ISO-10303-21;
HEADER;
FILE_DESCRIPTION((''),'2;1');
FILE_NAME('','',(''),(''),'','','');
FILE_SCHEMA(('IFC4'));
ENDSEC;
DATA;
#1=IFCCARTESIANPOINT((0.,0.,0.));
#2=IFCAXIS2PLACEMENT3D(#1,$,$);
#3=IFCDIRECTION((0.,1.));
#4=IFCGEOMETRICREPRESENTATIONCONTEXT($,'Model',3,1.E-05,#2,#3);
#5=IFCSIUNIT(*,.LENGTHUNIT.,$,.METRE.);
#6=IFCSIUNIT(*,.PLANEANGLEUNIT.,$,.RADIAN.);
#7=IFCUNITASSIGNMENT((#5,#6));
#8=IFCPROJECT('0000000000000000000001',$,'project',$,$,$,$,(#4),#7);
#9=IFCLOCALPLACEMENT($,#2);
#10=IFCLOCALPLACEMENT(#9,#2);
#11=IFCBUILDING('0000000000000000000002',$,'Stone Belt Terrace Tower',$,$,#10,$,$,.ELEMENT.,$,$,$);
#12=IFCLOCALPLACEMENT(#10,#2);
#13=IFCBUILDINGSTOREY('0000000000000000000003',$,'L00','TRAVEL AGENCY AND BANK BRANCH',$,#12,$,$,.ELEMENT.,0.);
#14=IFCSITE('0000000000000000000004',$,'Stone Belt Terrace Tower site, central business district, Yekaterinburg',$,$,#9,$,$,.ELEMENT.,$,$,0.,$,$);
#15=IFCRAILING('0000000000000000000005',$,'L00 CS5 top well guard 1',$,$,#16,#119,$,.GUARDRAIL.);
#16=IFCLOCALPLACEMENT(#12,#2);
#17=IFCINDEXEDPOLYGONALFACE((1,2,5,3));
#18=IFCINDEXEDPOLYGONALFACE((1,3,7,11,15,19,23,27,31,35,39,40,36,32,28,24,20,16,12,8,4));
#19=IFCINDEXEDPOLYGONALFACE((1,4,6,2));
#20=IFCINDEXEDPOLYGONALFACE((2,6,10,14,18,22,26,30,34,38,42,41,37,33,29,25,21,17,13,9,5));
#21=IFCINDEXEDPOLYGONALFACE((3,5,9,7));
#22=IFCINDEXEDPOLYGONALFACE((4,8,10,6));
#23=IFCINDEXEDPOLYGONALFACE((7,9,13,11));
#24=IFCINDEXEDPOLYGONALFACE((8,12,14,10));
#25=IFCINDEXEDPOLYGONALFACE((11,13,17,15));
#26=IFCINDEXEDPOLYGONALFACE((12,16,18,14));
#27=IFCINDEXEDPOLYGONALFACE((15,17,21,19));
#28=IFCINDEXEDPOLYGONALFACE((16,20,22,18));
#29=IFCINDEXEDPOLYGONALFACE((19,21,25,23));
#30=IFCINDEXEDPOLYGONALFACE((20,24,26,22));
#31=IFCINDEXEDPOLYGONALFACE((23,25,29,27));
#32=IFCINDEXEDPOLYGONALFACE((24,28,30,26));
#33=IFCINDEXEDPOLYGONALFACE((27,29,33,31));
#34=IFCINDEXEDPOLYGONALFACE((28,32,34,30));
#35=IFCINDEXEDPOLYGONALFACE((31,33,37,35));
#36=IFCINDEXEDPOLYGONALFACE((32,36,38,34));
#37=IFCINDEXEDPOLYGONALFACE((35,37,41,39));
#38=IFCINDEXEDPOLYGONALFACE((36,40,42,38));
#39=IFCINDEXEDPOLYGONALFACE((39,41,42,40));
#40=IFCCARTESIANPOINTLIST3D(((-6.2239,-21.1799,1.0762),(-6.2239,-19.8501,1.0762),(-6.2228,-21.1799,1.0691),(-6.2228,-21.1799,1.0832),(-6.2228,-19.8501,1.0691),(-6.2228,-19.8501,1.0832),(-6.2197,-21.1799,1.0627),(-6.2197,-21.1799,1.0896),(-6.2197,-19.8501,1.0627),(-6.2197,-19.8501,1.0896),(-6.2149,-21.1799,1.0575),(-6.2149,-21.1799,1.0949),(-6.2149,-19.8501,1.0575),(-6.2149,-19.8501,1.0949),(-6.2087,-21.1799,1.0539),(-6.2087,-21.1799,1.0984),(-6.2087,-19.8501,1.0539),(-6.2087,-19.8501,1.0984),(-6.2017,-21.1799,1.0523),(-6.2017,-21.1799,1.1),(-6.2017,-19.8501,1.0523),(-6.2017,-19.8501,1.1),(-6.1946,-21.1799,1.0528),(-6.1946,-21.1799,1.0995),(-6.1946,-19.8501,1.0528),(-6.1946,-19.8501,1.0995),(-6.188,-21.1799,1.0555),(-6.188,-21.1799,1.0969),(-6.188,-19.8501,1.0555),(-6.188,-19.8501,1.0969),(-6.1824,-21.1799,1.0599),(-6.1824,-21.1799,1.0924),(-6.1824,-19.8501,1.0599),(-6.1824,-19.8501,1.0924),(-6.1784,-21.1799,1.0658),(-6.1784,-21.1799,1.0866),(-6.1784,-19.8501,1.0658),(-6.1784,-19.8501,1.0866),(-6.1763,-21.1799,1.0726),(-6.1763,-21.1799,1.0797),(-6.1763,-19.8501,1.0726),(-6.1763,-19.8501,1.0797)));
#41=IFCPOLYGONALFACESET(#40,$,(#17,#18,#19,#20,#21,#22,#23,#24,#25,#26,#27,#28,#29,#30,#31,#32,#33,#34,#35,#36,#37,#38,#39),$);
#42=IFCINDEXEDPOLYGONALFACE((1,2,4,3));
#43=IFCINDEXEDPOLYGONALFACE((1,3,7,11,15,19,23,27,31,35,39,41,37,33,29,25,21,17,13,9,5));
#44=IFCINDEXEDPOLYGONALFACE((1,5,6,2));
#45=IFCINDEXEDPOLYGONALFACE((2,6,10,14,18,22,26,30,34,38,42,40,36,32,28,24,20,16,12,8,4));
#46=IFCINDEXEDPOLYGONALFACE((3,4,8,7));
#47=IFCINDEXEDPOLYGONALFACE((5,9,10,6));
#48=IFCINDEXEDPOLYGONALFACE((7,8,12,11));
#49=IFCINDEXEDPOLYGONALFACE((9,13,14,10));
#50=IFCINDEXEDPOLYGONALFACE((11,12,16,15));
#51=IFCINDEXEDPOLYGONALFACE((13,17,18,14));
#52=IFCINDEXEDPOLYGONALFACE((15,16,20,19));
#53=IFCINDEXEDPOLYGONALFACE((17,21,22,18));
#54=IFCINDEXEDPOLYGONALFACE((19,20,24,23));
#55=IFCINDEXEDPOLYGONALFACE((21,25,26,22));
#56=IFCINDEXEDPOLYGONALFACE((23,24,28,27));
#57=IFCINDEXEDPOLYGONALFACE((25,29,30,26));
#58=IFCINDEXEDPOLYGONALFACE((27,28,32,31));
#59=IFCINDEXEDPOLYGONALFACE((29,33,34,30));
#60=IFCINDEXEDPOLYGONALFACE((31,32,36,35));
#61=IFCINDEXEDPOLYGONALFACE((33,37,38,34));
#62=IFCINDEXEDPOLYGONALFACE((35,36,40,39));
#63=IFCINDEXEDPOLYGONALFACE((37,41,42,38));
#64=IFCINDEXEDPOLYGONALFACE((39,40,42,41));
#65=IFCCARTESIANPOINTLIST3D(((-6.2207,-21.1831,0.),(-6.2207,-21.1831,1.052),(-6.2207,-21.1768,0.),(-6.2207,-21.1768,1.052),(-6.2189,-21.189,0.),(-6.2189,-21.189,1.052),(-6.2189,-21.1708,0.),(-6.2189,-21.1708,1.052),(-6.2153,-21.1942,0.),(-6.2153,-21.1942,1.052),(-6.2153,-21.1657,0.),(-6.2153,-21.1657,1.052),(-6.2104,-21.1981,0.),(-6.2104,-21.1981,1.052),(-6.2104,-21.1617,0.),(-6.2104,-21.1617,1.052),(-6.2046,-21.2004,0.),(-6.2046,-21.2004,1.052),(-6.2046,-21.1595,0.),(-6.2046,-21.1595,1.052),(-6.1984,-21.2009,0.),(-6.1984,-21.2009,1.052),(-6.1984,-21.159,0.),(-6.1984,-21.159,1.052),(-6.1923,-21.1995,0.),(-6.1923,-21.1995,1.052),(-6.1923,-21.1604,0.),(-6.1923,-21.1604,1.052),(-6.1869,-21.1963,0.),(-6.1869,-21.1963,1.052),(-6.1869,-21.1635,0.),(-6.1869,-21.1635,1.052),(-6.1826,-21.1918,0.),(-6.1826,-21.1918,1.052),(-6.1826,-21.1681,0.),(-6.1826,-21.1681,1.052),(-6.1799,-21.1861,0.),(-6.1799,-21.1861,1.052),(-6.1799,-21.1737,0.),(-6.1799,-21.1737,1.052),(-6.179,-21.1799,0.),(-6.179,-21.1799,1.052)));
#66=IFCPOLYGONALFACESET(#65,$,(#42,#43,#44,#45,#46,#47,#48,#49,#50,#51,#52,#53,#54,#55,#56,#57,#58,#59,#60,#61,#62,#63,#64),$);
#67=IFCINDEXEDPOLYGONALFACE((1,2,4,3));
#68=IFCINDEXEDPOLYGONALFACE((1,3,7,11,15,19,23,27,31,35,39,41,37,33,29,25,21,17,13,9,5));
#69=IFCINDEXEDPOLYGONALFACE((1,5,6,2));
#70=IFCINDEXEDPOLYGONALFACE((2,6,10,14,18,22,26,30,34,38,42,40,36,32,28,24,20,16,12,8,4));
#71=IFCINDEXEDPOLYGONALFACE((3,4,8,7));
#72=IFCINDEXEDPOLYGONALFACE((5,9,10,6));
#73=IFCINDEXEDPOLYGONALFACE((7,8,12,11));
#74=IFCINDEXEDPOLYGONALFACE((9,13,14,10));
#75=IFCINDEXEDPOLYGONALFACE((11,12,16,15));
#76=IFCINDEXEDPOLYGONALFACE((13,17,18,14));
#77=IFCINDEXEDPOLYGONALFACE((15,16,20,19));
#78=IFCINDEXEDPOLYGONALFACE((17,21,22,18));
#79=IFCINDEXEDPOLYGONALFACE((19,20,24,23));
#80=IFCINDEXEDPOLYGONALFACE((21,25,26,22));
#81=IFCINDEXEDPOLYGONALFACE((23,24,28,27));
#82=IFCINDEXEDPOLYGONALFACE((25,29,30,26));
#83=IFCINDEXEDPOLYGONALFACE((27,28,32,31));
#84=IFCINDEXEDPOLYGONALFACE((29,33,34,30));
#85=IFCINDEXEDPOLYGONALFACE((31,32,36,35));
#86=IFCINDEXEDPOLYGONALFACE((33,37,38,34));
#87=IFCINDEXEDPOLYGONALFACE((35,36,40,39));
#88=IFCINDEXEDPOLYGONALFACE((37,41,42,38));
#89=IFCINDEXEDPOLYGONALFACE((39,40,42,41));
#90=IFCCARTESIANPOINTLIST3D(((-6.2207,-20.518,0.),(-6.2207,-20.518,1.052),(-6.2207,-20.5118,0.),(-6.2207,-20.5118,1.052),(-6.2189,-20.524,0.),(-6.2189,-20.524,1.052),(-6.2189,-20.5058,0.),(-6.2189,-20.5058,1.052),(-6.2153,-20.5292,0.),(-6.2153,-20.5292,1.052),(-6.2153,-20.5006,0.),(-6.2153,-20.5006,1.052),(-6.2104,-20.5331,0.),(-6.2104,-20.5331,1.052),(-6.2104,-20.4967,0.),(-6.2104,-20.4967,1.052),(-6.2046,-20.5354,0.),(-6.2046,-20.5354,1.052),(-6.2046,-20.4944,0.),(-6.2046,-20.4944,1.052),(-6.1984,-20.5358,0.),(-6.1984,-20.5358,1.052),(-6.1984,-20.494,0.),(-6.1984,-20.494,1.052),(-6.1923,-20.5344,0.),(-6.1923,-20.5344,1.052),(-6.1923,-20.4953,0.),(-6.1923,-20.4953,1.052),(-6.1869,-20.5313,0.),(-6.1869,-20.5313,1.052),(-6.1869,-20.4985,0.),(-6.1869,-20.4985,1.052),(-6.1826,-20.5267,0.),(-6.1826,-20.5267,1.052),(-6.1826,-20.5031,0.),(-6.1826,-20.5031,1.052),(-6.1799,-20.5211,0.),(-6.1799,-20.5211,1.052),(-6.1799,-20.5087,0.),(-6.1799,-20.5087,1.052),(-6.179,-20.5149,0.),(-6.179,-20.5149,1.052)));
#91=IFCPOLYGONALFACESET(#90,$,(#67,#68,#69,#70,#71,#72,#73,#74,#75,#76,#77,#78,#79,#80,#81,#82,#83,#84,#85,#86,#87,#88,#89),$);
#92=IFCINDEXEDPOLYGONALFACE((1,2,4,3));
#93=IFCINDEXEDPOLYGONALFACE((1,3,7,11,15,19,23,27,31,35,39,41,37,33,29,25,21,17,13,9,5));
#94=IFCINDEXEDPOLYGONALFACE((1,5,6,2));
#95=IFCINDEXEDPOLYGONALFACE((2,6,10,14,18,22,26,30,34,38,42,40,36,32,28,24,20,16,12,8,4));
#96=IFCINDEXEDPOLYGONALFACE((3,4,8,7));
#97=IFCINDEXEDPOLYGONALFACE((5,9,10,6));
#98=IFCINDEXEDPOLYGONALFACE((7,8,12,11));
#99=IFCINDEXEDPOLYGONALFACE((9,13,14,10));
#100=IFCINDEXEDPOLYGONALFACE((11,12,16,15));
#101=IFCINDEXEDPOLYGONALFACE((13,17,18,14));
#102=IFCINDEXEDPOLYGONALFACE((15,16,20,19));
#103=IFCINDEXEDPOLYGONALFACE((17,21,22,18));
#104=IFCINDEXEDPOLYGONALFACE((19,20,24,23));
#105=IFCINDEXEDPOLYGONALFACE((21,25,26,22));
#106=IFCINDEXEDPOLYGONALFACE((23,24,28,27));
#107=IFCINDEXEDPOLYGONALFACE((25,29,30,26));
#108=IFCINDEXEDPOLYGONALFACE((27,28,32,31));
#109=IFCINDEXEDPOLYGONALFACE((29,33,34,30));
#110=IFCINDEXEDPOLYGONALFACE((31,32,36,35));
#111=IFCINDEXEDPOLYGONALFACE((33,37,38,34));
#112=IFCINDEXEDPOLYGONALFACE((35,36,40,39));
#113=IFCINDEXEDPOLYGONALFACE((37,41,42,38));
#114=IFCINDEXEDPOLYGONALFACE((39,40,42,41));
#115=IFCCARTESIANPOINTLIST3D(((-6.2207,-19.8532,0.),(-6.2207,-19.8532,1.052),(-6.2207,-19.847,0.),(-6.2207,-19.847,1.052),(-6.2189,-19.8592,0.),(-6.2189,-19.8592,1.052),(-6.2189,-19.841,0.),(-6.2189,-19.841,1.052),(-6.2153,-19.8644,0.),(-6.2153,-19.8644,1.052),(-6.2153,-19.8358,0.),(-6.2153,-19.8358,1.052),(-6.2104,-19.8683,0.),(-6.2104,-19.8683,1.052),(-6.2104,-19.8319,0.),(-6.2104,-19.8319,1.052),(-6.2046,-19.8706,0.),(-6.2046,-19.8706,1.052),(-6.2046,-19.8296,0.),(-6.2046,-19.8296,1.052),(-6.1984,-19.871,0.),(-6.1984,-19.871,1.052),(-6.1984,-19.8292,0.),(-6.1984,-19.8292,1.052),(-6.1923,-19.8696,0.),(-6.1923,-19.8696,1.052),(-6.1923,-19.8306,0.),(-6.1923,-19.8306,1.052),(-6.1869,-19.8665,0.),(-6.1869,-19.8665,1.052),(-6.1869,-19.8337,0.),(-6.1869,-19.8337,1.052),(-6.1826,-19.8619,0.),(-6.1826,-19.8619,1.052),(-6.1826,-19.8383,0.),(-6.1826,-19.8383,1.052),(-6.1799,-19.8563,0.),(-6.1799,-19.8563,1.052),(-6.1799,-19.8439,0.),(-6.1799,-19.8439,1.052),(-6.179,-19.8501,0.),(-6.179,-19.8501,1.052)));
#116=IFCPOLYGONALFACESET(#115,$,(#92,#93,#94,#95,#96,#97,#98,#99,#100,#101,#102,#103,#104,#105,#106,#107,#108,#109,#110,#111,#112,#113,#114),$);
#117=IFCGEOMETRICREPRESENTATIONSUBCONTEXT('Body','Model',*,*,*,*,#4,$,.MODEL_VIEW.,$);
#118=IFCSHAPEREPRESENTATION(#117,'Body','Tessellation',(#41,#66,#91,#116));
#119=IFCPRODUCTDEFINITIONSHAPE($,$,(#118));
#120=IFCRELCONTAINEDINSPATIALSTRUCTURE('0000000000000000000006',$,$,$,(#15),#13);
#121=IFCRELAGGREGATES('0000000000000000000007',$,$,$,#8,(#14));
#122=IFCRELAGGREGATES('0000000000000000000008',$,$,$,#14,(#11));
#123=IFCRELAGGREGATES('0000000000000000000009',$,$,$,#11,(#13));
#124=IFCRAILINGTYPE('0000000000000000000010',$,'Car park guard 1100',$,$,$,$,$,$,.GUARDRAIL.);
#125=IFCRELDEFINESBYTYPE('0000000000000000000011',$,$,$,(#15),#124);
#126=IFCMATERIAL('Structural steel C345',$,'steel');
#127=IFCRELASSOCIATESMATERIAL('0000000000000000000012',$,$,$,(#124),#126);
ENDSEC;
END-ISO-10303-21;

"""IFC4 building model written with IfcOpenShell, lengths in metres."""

from ifc_helpers import new_model, si_unit, direction, frame, origin, origin_2d, place, context, subcontext, project, spatial, circle, extrude, material, type_object, element, save


model = new_model("IFC4")

# Units and contexts
model_context = context("Model", 3, precision=1e-05, world=origin(), true_north=direction((0.0, 1.0)))
body_context = subcontext(model_context, "Body", "Model", "MODEL_VIEW")
ifc_project = project(units=[si_unit("LENGTHUNIT", "METRE"), si_unit("PLANEANGLEUNIT", "RADIAN")], contexts=[model_context])

# Site, building, storey
site_placement = place(None, origin())
site = spatial("IfcSite", under=ifc_project, at=site_placement, Name="Stone Belt Terrace Tower site, central business district, Yekaterinburg", CompositionType="ELEMENT", RefElevation=0.0)
building_placement = place(site_placement, origin())
building = spatial("IfcBuilding", under=site, at=building_placement, Name="Stone Belt Terrace Tower", CompositionType="ELEMENT")
storey_placement = place(building_placement, origin())
storey = spatial("IfcBuildingStorey", under=building, at=storey_placement, Name="L00", Description="TRAVEL AGENCY AND BANK BRANCH", CompositionType="ELEMENT", Elevation=0.0)

# Railing
ifc_material_1 = material(Name="Structural steel C345", Category="steel")
railing_type_1 = type_object("IfcRailingType", Name="Car park guard 1100", PredefinedType="GUARDRAIL", material=ifc_material_1)
railing_1_placement = place(storey_placement, frame((-6.2, -21.1799, 0.0)))
element("IfcRailing", 1, at=railing_1_placement, inside=storey, type_object=railing_type_1, Name="L00 CS5 top well guard 1", PredefinedType="GUARDRAIL", context=body_context, shape_type="SweptSolid", body=[
    extrude(circle(Radius=0.0239, at=origin_2d()), frame((0.0, 0.0, 1.0762), z_axis=(0.0, 1.0, 0.0), x_axis=(-1.0, 0.0, 0.0)), (0.0, 0.0, 1.0), 1.3298),
    extrude(circle(Radius=0.021, at=origin_2d()), origin(), (0.0, 0.0, 1.0), 1.052),
    extrude(circle(Radius=0.021, at=origin_2d()), frame((0.0, 0.665, 0.0)), (0.0, 0.0, 1.0), 1.052),
    extrude(circle(Radius=0.021, at=origin_2d()), frame((0.0, 1.3298, 0.0)), (0.0, 0.0, 1.0), 1.052),
])

save(model, "model.ifc")
